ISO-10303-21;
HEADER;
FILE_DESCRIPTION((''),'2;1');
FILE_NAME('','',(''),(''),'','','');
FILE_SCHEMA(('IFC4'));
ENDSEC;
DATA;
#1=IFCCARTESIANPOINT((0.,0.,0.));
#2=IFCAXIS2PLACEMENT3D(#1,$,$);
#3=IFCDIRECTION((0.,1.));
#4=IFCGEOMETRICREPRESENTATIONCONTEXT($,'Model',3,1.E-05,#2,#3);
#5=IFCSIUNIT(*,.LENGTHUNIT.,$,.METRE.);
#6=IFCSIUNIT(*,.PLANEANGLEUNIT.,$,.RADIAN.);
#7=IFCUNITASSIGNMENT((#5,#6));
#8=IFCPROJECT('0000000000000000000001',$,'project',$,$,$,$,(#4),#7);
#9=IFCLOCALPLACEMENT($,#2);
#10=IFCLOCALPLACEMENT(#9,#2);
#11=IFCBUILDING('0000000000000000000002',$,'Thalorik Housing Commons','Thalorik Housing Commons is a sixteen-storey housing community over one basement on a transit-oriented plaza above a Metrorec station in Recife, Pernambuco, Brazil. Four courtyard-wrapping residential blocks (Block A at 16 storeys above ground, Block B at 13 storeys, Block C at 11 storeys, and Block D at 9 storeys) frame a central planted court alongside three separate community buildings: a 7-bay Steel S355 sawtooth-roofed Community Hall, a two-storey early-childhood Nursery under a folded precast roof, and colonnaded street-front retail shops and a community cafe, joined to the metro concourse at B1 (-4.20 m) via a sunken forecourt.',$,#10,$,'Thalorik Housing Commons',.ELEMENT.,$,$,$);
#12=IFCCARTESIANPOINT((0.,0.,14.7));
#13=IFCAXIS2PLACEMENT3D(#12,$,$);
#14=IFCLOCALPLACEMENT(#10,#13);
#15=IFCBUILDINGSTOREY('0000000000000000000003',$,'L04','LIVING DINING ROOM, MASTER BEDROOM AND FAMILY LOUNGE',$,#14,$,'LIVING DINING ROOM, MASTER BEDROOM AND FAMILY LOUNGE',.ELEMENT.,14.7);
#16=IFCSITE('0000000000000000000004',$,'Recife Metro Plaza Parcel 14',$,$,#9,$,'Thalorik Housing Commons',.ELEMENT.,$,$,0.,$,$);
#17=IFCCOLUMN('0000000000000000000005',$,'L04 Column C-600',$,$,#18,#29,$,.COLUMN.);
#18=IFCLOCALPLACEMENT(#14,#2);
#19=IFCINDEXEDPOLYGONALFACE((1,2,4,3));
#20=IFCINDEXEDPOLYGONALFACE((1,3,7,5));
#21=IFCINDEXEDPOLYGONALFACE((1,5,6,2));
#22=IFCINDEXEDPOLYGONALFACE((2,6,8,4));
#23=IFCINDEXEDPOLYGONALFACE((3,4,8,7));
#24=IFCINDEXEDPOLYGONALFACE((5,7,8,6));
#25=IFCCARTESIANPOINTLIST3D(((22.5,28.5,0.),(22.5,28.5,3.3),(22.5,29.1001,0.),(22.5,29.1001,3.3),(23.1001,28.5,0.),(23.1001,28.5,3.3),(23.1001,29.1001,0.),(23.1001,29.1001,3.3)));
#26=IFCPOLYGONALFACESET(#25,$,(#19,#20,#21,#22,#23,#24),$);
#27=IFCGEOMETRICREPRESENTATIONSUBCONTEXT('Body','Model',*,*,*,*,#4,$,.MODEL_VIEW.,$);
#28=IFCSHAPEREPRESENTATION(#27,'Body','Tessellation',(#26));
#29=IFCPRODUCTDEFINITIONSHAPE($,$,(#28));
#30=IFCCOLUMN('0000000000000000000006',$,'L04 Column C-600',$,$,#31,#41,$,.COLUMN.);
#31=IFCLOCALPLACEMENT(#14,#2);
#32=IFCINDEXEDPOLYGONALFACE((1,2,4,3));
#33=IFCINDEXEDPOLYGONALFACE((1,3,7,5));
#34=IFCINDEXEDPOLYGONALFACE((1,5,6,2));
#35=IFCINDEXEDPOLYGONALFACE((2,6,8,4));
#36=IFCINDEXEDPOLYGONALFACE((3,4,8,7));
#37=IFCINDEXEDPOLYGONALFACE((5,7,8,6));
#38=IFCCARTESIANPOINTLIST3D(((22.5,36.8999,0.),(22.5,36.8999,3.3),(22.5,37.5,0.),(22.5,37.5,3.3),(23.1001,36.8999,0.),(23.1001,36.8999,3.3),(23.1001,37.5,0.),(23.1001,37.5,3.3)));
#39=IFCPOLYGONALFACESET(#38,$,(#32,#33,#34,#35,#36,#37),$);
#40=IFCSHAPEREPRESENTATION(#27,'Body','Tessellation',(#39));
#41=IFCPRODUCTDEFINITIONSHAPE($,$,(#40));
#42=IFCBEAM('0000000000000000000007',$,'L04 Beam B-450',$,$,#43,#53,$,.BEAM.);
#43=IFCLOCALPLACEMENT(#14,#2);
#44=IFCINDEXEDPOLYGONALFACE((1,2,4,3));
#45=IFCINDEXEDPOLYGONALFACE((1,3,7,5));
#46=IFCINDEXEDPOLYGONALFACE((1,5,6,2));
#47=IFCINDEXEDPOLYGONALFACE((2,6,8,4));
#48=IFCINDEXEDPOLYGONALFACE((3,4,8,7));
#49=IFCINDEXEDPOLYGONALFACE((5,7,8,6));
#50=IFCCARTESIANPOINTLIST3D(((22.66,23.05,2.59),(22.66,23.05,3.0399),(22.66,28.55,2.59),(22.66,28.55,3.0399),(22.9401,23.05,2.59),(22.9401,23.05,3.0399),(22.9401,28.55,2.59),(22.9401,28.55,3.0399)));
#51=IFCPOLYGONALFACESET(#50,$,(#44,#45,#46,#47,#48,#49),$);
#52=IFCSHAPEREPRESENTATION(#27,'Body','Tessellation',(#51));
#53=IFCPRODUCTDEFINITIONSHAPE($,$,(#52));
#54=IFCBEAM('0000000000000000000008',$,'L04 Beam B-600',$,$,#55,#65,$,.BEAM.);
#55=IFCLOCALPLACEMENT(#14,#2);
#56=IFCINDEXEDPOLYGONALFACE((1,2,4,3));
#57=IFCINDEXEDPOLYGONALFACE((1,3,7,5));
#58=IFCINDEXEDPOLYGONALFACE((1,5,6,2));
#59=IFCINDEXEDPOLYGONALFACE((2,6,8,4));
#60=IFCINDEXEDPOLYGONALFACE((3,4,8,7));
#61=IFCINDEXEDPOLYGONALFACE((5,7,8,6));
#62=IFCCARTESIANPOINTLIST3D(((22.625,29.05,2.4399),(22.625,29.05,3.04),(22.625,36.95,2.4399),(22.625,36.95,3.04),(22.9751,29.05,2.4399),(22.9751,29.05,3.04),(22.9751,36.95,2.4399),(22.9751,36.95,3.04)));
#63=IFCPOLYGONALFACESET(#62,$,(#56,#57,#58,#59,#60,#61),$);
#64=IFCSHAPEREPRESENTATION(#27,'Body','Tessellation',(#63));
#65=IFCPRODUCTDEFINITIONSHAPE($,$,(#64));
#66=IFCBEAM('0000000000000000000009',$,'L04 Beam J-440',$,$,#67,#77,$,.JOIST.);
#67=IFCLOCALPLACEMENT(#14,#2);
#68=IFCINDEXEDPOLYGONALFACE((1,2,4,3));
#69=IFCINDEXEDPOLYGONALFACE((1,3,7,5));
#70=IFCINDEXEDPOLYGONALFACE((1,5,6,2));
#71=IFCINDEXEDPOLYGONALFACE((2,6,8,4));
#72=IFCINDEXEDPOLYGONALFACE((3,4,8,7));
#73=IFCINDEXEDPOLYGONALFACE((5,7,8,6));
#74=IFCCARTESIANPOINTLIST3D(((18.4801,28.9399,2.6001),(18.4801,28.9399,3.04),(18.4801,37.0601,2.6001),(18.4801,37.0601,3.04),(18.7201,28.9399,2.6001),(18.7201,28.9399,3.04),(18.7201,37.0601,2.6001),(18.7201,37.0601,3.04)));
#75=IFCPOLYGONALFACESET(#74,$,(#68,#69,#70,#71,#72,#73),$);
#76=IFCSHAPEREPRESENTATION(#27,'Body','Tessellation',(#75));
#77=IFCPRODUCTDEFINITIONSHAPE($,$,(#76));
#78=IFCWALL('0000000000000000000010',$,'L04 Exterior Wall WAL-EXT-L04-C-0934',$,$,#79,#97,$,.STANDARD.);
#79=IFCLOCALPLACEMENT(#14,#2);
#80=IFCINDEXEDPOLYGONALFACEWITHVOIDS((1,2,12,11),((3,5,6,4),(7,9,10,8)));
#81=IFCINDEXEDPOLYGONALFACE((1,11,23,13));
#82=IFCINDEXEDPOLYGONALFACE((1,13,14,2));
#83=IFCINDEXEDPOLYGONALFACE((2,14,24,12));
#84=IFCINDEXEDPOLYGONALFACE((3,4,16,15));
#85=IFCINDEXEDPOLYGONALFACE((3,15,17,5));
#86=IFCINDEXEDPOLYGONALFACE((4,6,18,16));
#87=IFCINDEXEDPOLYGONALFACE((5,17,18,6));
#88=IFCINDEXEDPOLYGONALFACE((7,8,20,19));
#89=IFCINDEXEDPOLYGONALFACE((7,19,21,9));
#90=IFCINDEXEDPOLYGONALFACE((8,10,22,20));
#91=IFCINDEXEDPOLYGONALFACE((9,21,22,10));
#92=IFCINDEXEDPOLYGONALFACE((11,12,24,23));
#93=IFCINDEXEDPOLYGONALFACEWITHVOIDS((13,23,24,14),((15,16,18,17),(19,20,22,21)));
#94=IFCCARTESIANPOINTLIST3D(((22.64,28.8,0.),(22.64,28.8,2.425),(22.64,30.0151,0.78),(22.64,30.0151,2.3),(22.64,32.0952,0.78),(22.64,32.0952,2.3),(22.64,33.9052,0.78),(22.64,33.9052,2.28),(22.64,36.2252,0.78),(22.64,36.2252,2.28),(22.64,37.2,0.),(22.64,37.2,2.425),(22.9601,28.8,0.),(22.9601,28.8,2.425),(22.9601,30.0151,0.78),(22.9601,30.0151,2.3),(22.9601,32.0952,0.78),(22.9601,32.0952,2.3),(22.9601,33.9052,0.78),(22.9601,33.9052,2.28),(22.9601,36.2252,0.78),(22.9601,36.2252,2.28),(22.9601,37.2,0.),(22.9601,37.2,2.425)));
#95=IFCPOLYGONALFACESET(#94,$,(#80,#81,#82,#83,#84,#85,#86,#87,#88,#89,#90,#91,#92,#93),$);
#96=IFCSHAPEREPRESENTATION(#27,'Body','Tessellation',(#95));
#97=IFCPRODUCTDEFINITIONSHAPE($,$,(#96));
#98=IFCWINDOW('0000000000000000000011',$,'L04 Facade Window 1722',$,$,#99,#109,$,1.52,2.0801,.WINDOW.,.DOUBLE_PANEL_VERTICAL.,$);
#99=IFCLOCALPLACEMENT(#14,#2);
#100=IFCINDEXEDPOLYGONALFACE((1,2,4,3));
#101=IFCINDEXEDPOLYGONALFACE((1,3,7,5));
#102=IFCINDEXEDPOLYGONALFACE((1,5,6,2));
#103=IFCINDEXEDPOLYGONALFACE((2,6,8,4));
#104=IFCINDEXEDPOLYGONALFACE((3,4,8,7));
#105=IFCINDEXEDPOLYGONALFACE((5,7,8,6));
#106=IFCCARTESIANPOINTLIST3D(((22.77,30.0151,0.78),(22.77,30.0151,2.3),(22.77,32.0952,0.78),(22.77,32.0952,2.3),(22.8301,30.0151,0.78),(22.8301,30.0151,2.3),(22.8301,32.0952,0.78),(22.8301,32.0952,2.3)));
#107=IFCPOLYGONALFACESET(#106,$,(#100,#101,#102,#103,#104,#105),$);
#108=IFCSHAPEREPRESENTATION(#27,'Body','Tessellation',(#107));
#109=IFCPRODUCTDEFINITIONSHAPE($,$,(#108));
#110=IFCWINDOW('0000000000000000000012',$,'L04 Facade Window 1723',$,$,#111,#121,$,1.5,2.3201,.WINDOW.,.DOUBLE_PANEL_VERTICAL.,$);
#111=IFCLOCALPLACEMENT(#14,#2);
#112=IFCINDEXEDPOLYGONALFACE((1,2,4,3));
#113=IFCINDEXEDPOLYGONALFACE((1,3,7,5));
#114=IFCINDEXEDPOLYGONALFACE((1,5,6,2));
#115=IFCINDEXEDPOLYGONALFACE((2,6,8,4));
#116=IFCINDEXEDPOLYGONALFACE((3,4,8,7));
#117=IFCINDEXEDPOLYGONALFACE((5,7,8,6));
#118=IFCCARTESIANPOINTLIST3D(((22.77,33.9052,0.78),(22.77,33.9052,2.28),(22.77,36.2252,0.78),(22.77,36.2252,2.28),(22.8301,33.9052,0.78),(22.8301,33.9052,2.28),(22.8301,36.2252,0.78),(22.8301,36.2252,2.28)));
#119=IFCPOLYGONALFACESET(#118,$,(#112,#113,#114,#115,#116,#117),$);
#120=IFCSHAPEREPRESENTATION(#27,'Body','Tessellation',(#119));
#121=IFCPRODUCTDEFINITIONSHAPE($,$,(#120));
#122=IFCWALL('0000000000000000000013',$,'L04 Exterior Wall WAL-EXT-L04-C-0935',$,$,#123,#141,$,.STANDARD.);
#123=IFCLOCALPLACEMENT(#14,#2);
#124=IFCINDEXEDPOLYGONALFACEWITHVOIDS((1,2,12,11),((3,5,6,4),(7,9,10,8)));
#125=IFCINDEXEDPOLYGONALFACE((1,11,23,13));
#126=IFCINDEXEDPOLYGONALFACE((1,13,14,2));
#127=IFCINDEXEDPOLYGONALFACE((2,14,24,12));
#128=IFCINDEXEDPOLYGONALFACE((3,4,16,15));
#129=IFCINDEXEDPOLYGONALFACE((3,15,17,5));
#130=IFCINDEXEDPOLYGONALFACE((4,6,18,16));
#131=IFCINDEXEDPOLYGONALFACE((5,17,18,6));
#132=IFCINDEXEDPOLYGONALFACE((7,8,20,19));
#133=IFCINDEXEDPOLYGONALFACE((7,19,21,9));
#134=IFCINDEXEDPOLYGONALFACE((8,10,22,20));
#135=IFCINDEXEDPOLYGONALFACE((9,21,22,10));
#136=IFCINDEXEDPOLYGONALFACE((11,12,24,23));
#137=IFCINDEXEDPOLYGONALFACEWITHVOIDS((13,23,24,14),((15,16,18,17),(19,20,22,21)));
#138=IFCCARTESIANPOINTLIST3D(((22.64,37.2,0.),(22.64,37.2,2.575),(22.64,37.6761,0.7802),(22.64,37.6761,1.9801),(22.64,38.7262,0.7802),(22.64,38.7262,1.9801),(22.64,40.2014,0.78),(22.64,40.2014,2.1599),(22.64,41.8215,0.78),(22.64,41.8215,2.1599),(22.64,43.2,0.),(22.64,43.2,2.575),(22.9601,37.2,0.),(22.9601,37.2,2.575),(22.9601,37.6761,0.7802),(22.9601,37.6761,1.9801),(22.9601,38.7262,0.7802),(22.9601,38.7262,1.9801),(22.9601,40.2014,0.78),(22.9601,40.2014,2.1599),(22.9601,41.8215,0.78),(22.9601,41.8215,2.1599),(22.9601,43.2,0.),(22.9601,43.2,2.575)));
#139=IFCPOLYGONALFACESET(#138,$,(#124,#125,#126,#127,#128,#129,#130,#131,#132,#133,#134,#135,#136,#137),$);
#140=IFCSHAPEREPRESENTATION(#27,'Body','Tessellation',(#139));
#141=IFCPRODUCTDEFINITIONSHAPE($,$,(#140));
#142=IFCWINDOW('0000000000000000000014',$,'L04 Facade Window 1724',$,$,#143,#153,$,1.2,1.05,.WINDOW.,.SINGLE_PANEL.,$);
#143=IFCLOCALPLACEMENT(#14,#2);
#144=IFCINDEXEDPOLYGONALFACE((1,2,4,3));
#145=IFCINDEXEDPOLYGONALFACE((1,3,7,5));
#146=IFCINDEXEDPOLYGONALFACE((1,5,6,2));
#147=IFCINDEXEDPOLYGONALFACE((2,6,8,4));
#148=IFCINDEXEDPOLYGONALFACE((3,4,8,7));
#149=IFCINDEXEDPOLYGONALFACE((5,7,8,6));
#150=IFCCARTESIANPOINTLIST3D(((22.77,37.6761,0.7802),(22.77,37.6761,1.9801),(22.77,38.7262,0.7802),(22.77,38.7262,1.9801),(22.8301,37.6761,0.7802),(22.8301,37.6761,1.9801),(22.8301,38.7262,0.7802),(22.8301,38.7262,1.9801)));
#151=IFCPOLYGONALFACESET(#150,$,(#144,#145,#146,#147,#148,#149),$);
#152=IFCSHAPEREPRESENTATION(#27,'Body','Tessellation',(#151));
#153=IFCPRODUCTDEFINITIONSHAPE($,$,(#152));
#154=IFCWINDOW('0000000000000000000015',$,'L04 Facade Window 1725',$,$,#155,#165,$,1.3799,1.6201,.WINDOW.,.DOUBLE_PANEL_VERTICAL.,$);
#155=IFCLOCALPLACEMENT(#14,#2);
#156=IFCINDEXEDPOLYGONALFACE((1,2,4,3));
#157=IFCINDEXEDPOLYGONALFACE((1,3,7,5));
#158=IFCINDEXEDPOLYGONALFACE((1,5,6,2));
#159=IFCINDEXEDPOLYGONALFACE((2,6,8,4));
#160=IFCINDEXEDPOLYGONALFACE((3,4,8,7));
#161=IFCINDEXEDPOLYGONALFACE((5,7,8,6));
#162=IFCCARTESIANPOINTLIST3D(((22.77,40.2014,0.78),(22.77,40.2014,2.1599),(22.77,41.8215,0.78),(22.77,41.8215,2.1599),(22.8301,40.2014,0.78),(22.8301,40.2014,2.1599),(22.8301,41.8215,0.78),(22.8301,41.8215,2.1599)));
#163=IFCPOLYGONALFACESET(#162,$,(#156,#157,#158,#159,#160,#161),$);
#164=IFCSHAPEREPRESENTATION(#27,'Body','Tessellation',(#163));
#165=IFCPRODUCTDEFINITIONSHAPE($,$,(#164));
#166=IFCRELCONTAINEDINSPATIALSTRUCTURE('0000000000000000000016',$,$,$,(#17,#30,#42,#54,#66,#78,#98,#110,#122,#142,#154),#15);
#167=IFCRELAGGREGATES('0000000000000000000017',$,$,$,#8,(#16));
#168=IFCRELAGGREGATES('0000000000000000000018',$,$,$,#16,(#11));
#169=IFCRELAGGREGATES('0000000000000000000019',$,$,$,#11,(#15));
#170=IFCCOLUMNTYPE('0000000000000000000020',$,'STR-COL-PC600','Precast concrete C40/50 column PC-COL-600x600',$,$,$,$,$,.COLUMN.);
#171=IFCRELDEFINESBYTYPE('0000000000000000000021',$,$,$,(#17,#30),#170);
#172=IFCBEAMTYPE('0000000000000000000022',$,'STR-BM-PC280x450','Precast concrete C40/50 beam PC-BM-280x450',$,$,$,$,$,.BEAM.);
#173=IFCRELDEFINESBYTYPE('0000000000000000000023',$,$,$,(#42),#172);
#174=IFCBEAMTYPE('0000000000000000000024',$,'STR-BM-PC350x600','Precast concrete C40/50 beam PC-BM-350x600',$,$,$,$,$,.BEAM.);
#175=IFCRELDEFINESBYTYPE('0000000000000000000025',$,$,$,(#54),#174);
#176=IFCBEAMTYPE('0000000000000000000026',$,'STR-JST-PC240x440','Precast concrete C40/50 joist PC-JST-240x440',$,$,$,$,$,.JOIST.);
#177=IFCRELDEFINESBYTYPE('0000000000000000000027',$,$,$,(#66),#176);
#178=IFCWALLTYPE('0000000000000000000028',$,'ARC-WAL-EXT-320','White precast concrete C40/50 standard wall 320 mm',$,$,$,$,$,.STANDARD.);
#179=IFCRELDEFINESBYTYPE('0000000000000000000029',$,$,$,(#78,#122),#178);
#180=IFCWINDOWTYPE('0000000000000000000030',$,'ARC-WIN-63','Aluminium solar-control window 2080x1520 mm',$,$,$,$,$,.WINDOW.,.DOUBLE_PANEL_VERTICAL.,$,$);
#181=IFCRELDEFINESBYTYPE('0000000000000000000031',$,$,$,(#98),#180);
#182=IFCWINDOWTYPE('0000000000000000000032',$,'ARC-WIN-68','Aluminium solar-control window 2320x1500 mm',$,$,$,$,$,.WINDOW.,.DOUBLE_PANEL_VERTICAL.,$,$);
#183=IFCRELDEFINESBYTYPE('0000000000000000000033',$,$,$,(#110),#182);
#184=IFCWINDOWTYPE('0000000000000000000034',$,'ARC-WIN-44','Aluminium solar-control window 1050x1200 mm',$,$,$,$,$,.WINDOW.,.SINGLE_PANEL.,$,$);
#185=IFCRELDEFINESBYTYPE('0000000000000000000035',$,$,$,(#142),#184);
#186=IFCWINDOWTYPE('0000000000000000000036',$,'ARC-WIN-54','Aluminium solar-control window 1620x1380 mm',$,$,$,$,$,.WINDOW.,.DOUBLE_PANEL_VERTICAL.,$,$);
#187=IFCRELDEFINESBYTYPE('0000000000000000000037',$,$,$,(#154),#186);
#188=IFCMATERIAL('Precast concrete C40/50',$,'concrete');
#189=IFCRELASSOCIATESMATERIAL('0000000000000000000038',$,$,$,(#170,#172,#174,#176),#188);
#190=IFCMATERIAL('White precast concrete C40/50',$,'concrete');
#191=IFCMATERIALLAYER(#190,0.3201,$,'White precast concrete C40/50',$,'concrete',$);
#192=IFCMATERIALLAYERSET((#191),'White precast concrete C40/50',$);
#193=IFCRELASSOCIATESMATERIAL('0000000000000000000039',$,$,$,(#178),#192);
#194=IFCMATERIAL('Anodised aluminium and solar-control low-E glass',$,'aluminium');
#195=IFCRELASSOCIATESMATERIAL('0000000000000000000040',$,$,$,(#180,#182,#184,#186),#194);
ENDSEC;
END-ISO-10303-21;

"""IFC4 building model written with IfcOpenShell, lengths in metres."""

from ifc_helpers import new_model, si_unit, direction, frame, frame_2d, origin, origin_2d, place, context, subcontext, project, spatial, rectangle, extrude, material, layer, layer_set, material_profile, profile_set, type_object, element, fill, save


model = new_model("IFC4")

# Units and contexts
model_context = context("Model", 3, precision=1e-05, world=origin(), true_north=direction((0.0, 1.0)))
body_context = subcontext(model_context, "Body", "Model", "MODEL_VIEW")
ifc_project = project(units=[si_unit("LENGTHUNIT", "METRE"), si_unit("PLANEANGLEUNIT", "RADIAN")], contexts=[model_context])

# Site, building, storey
site_placement = place(None, origin())
site = spatial("IfcSite", under=ifc_project, at=site_placement, Name="Recife Metro Plaza Parcel 14", LongName="Thalorik Housing Commons", CompositionType="ELEMENT", RefElevation=0.0)
building_placement = place(site_placement, origin())
building = spatial("IfcBuilding", under=site, at=building_placement, Name="Thalorik Housing Commons", Description="Thalorik Housing Commons is a sixteen-storey housing community over one basement on a transit-oriented plaza above a Metrorec station in Recife, Pernambuco, Brazil. Four courtyard-wrapping residential blocks (Block A at 16 storeys above ground, Block B at 13 storeys, Block C at 11 storeys, and Block D at 9 storeys) frame a central planted court alongside three separate community buildings: a 7-bay Steel S355 sawtooth-roofed Community Hall, a two-storey early-childhood Nursery under a folded precast roof, and colonnaded street-front retail shops and a community cafe, joined to the metro concourse at B1 (-4.20 m) via a sunken forecourt.", LongName="Thalorik Housing Commons", CompositionType="ELEMENT")
storey_placement = place(building_placement, frame((0.0, 0.0, 14.7)))
storey = spatial("IfcBuildingStorey", under=building, at=storey_placement, Name="L04", Description="LIVING DINING ROOM, MASTER BEDROOM AND FAMILY LOUNGE", LongName="LIVING DINING ROOM, MASTER BEDROOM AND FAMILY LOUNGE", CompositionType="ELEMENT", Elevation=14.7)

# Columns
ifc_material_1 = material(Name="Precast concrete C40/50", Category="concrete")
ifc_material_profile_1 = material_profile(ifc_material_1, rectangle(XDim=0.6001, YDim=0.6001, at=origin_2d()), Name="PC 600x600", Category="concrete")
ifc_profile_set_1 = profile_set([ifc_material_profile_1], Name="Precast concrete C40/50")
column_type = type_object("IfcColumnType", Name="STR-COL-PC600", Description="Precast concrete C40/50 column PC-COL-600x600", PredefinedType="COLUMN", material=ifc_profile_set_1)
for number, where, z_axis, x_axis, name in (
    (1, (22.8, 28.8, 0.0), (0.0, 0.0, 1.0), (1.0, 0.0, 0.0), "L04 Column C-600"),
    (2, (22.8, 37.2, 0.0), (0.0, 0.0, 1.0), (1.0, 0.0, 0.0), "L04 Column C-600"),
):
    element("IfcColumn", number, at=place(storey_placement, frame(where, z_axis=z_axis, x_axis=x_axis)), inside=storey, type_object=column_type, Name=name, PredefinedType="COLUMN", context=body_context, shape_type="SweptSolid", body=[
        extrude(rectangle(XDim=0.6001, YDim=0.6001, at=origin_2d()), origin(), (0.0, 0.0, 1.0), 3.3),
    ])

# Beams
ifc_material_profile_2 = material_profile(ifc_material_1, rectangle(XDim=0.28, YDim=0.45, at=origin_2d()), Name="PC 280x450", Category="concrete")
ifc_profile_set_2 = profile_set([ifc_material_profile_2], Name="Precast concrete C40/50")
beam_type_1 = type_object("IfcBeamType", Name="STR-BM-PC280x450", Description="Precast concrete C40/50 beam PC-BM-280x450", PredefinedType="BEAM", material=ifc_profile_set_2)
beam_1_placement = place(storey_placement, frame((22.8, 23.05, 2.8149), z_axis=(0.0, 1.0, 0.0), x_axis=(-1.0, 0.0, 0.0)))
element("IfcBeam", 3, at=beam_1_placement, inside=storey, type_object=beam_type_1, Name="L04 Beam B-450", PredefinedType="BEAM", context=body_context, shape_type="SweptSolid", body=[
    extrude(rectangle(XDim=0.28, YDim=0.45, at=origin_2d()), origin(), (0.0, 0.0, 1.0), 5.5),
])
ifc_material_profile_3 = material_profile(ifc_material_1, rectangle(XDim=0.3501, YDim=0.6001, at=origin_2d()), Name="PC 350x600", Category="concrete")
ifc_profile_set_3 = profile_set([ifc_material_profile_3], Name="Precast concrete C40/50")
beam_type_2 = type_object("IfcBeamType", Name="STR-BM-PC350x600", Description="Precast concrete C40/50 beam PC-BM-350x600", PredefinedType="BEAM", material=ifc_profile_set_3)
beam_2_placement = place(storey_placement, frame((22.8, 29.05, 2.74), z_axis=(0.0, 1.0, 0.0), x_axis=(-1.0, 0.0, 0.0)))
element("IfcBeam", 4, at=beam_2_placement, inside=storey, type_object=beam_type_2, Name="L04 Beam B-600", PredefinedType="BEAM", context=body_context, shape_type="SweptSolid", body=[
    extrude(rectangle(XDim=0.3501, YDim=0.6001, at=origin_2d()), origin(), (0.0, 0.0, 1.0), 7.8999),
])
ifc_material_profile_4 = material_profile(ifc_material_1, rectangle(XDim=0.24, YDim=0.4399, at=origin_2d()), Name="PC JST 240x440", Category="concrete")
ifc_profile_set_4 = profile_set([ifc_material_profile_4], Name="Precast concrete C40/50")
beam_type_3 = type_object("IfcBeamType", Name="STR-JST-PC240x440", Description="Precast concrete C40/50 joist PC-JST-240x440", PredefinedType="JOIST", material=ifc_profile_set_4)
beam_3_placement = place(storey_placement, frame((18.6001, 28.9399, 2.8201), z_axis=(0.0, 1.0, 0.0), x_axis=(-1.0, 0.0, 0.0)))
element("IfcBeam", 5, at=beam_3_placement, inside=storey, type_object=beam_type_3, Name="L04 Beam J-440", PredefinedType="JOIST", context=body_context, shape_type="SweptSolid", body=[
    extrude(rectangle(XDim=0.24, YDim=0.4399, at=origin_2d()), origin(), (0.0, 0.0, 1.0), 8.1201),
])

# Walls, openings, windows
ifc_material_2 = material(Name="White precast concrete C40/50", Category="concrete")
ifc_layer_1 = layer(ifc_material_2, 0.3201, Name="White precast concrete C40/50", Category="concrete")
ifc_layer_set_1 = layer_set([ifc_layer_1], Name="White precast concrete C40/50")
wall_type_1 = type_object("IfcWallType", Name="ARC-WAL-EXT-320", Description="White precast concrete C40/50 standard wall 320 mm", PredefinedType="STANDARD", material=ifc_layer_set_1)
wall_1_placement = place(storey_placement, frame((22.8, 28.8, 0.0), z_axis=(0.0, 0.0, 1.0), x_axis=(0.0, 1.0, 0.0)))
wall_1 = element("IfcWall", 6, at=wall_1_placement, inside=storey, type_object=wall_type_1, Name="L04 Exterior Wall WAL-EXT-L04-C-0934", PredefinedType="STANDARD", context=body_context, shape_type="SweptSolid", body=[
    extrude(rectangle(XDim=8.3999, YDim=0.3201, at=frame_2d((4.2, 0.0))), origin(), (0.0, 0.0, 1.0), 2.425),
])
opening_1_placement = place(wall_1_placement, frame((1.2151, 0.0, 0.78)))
opening_1 = element("IfcOpeningElement", 7, at=opening_1_placement, cuts=wall_1, PredefinedType="OPENING", context=body_context, shape_type="SweptSolid", body=[
    extrude(rectangle(XDim=2.0801, YDim=1.52, at=frame_2d((1.04, 0.76))), frame((0.0, 0.1699, 0.0), z_axis=(0.0, -1.0, 0.0), x_axis=(1.0, 0.0, 0.0)), (0.0, 0.0, 1.0), 0.3401),
])
opening_2_placement = place(wall_1_placement, frame((5.105, 0.0, 0.78)))
opening_2 = element("IfcOpeningElement", 8, at=opening_2_placement, cuts=wall_1, PredefinedType="OPENING", context=body_context, shape_type="SweptSolid", body=[
    extrude(rectangle(XDim=2.3201, YDim=1.5, at=frame_2d((1.1602, 0.75))), frame((0.0, 0.1699, 0.0), z_axis=(0.0, -1.0, 0.0), x_axis=(1.0, 0.0, 0.0)), (0.0, 0.0, 1.0), 0.3401),
])
ifc_material_3 = material(Name="Anodised aluminium and solar-control low-E glass", Category="aluminium")
window_type_1 = type_object("IfcWindowType", Name="ARC-WIN-63", Description="Aluminium solar-control window 2080x1520 mm", PartitioningType="DOUBLE_PANEL_VERTICAL", PredefinedType="WINDOW", material=ifc_material_3)
window_1_placement = place(opening_1_placement, origin())
window_1 = element("IfcWindow", 9, at=window_1_placement, inside=storey, type_object=window_type_1, Name="L04 Facade Window 1722", OverallHeight=1.52, OverallWidth=2.0801, PartitioningType="DOUBLE_PANEL_VERTICAL", PredefinedType="WINDOW", context=body_context, shape_type="SweptSolid", body=[
    extrude(rectangle(XDim=2.0801, YDim=1.52, at=frame_2d((1.04, 0.76))), frame((0.0, 0.03, 0.0), z_axis=(0.0, -1.0, 0.0), x_axis=(1.0, 0.0, 0.0)), (0.0, 0.0, 1.0), 0.0601),
])
fill(opening_1, window_1)
window_type_2 = type_object("IfcWindowType", Name="ARC-WIN-68", Description="Aluminium solar-control window 2320x1500 mm", PartitioningType="DOUBLE_PANEL_VERTICAL", PredefinedType="WINDOW", material=ifc_material_3)
window_2_placement = place(opening_2_placement, origin())
window_2 = element("IfcWindow", 10, at=window_2_placement, inside=storey, type_object=window_type_2, Name="L04 Facade Window 1723", OverallHeight=1.5, OverallWidth=2.3201, PartitioningType="DOUBLE_PANEL_VERTICAL", PredefinedType="WINDOW", context=body_context, shape_type="SweptSolid", body=[
    extrude(rectangle(XDim=2.3201, YDim=1.5, at=frame_2d((1.1602, 0.75))), frame((0.0, 0.03, 0.0), z_axis=(0.0, -1.0, 0.0), x_axis=(1.0, 0.0, 0.0)), (0.0, 0.0, 1.0), 0.0601),
])
fill(opening_2, window_2)
wall_2_placement = place(storey_placement, frame((22.8, 37.2, 0.0), z_axis=(0.0, 0.0, 1.0), x_axis=(0.0, 1.0, 0.0)))
wall_2 = element("IfcWall", 11, at=wall_2_placement, inside=storey, type_object=wall_type_1, Name="L04 Exterior Wall WAL-EXT-L04-C-0935", PredefinedType="STANDARD", context=body_context, shape_type="SweptSolid", body=[
    extrude(rectangle(XDim=6.0, YDim=0.3201, at=frame_2d((3.0, 0.0))), origin(), (0.0, 0.0, 1.0), 2.575),
])
opening_3_placement = place(wall_2_placement, frame((0.4763, 0.0, 0.78)))
opening_3 = element("IfcOpeningElement", 12, at=opening_3_placement, cuts=wall_2, PredefinedType="OPENING", context=body_context, shape_type="SweptSolid", body=[
    extrude(rectangle(XDim=1.05, YDim=1.2, at=frame_2d((0.5249, 0.6001))), frame((0.0, 0.1699, 0.0), z_axis=(0.0, -1.0, 0.0), x_axis=(1.0, 0.0, 0.0)), (0.0, 0.0, 1.0), 0.3401),
])
opening_4_placement = place(wall_2_placement, frame((3.0015, 0.0, 0.78)))
opening_4 = element("IfcOpeningElement", 13, at=opening_4_placement, cuts=wall_2, PredefinedType="OPENING", context=body_context, shape_type="SweptSolid", body=[
    extrude(rectangle(XDim=1.6201, YDim=1.3799, at=frame_2d((0.8101, 0.6899))), frame((0.0, 0.1699, 0.0), z_axis=(0.0, -1.0, 0.0), x_axis=(1.0, 0.0, 0.0)), (0.0, 0.0, 1.0), 0.3401),
])
window_type_3 = type_object("IfcWindowType", Name="ARC-WIN-44", Description="Aluminium solar-control window 1050x1200 mm", PartitioningType="SINGLE_PANEL", PredefinedType="WINDOW", material=ifc_material_3)
window_3_placement = place(opening_3_placement, origin())
window_3 = element("IfcWindow", 14, at=window_3_placement, inside=storey, type_object=window_type_3, Name="L04 Facade Window 1724", OverallHeight=1.2, OverallWidth=1.05, PartitioningType="SINGLE_PANEL", PredefinedType="WINDOW", context=body_context, shape_type="SweptSolid", body=[
    extrude(rectangle(XDim=1.05, YDim=1.2, at=frame_2d((0.5249, 0.6001))), frame((0.0, 0.03, 0.0), z_axis=(0.0, -1.0, 0.0), x_axis=(1.0, 0.0, 0.0)), (0.0, 0.0, 1.0), 0.0601),
])
fill(opening_3, window_3)
window_type_4 = type_object("IfcWindowType", Name="ARC-WIN-54", Description="Aluminium solar-control window 1620x1380 mm", PartitioningType="DOUBLE_PANEL_VERTICAL", PredefinedType="WINDOW", material=ifc_material_3)
window_4_placement = place(opening_4_placement, origin())
window_4 = element("IfcWindow", 15, at=window_4_placement, inside=storey, type_object=window_type_4, Name="L04 Facade Window 1725", OverallHeight=1.3799, OverallWidth=1.6201, PartitioningType="DOUBLE_PANEL_VERTICAL", PredefinedType="WINDOW", context=body_context, shape_type="SweptSolid", body=[
    extrude(rectangle(XDim=1.6201, YDim=1.3799, at=frame_2d((0.8101, 0.6899))), frame((0.0, 0.03, 0.0), z_axis=(0.0, -1.0, 0.0), x_axis=(1.0, 0.0, 0.0)), (0.0, 0.0, 1.0), 0.0601),
])
fill(opening_4, window_4)

save(model, "model.ifc")
